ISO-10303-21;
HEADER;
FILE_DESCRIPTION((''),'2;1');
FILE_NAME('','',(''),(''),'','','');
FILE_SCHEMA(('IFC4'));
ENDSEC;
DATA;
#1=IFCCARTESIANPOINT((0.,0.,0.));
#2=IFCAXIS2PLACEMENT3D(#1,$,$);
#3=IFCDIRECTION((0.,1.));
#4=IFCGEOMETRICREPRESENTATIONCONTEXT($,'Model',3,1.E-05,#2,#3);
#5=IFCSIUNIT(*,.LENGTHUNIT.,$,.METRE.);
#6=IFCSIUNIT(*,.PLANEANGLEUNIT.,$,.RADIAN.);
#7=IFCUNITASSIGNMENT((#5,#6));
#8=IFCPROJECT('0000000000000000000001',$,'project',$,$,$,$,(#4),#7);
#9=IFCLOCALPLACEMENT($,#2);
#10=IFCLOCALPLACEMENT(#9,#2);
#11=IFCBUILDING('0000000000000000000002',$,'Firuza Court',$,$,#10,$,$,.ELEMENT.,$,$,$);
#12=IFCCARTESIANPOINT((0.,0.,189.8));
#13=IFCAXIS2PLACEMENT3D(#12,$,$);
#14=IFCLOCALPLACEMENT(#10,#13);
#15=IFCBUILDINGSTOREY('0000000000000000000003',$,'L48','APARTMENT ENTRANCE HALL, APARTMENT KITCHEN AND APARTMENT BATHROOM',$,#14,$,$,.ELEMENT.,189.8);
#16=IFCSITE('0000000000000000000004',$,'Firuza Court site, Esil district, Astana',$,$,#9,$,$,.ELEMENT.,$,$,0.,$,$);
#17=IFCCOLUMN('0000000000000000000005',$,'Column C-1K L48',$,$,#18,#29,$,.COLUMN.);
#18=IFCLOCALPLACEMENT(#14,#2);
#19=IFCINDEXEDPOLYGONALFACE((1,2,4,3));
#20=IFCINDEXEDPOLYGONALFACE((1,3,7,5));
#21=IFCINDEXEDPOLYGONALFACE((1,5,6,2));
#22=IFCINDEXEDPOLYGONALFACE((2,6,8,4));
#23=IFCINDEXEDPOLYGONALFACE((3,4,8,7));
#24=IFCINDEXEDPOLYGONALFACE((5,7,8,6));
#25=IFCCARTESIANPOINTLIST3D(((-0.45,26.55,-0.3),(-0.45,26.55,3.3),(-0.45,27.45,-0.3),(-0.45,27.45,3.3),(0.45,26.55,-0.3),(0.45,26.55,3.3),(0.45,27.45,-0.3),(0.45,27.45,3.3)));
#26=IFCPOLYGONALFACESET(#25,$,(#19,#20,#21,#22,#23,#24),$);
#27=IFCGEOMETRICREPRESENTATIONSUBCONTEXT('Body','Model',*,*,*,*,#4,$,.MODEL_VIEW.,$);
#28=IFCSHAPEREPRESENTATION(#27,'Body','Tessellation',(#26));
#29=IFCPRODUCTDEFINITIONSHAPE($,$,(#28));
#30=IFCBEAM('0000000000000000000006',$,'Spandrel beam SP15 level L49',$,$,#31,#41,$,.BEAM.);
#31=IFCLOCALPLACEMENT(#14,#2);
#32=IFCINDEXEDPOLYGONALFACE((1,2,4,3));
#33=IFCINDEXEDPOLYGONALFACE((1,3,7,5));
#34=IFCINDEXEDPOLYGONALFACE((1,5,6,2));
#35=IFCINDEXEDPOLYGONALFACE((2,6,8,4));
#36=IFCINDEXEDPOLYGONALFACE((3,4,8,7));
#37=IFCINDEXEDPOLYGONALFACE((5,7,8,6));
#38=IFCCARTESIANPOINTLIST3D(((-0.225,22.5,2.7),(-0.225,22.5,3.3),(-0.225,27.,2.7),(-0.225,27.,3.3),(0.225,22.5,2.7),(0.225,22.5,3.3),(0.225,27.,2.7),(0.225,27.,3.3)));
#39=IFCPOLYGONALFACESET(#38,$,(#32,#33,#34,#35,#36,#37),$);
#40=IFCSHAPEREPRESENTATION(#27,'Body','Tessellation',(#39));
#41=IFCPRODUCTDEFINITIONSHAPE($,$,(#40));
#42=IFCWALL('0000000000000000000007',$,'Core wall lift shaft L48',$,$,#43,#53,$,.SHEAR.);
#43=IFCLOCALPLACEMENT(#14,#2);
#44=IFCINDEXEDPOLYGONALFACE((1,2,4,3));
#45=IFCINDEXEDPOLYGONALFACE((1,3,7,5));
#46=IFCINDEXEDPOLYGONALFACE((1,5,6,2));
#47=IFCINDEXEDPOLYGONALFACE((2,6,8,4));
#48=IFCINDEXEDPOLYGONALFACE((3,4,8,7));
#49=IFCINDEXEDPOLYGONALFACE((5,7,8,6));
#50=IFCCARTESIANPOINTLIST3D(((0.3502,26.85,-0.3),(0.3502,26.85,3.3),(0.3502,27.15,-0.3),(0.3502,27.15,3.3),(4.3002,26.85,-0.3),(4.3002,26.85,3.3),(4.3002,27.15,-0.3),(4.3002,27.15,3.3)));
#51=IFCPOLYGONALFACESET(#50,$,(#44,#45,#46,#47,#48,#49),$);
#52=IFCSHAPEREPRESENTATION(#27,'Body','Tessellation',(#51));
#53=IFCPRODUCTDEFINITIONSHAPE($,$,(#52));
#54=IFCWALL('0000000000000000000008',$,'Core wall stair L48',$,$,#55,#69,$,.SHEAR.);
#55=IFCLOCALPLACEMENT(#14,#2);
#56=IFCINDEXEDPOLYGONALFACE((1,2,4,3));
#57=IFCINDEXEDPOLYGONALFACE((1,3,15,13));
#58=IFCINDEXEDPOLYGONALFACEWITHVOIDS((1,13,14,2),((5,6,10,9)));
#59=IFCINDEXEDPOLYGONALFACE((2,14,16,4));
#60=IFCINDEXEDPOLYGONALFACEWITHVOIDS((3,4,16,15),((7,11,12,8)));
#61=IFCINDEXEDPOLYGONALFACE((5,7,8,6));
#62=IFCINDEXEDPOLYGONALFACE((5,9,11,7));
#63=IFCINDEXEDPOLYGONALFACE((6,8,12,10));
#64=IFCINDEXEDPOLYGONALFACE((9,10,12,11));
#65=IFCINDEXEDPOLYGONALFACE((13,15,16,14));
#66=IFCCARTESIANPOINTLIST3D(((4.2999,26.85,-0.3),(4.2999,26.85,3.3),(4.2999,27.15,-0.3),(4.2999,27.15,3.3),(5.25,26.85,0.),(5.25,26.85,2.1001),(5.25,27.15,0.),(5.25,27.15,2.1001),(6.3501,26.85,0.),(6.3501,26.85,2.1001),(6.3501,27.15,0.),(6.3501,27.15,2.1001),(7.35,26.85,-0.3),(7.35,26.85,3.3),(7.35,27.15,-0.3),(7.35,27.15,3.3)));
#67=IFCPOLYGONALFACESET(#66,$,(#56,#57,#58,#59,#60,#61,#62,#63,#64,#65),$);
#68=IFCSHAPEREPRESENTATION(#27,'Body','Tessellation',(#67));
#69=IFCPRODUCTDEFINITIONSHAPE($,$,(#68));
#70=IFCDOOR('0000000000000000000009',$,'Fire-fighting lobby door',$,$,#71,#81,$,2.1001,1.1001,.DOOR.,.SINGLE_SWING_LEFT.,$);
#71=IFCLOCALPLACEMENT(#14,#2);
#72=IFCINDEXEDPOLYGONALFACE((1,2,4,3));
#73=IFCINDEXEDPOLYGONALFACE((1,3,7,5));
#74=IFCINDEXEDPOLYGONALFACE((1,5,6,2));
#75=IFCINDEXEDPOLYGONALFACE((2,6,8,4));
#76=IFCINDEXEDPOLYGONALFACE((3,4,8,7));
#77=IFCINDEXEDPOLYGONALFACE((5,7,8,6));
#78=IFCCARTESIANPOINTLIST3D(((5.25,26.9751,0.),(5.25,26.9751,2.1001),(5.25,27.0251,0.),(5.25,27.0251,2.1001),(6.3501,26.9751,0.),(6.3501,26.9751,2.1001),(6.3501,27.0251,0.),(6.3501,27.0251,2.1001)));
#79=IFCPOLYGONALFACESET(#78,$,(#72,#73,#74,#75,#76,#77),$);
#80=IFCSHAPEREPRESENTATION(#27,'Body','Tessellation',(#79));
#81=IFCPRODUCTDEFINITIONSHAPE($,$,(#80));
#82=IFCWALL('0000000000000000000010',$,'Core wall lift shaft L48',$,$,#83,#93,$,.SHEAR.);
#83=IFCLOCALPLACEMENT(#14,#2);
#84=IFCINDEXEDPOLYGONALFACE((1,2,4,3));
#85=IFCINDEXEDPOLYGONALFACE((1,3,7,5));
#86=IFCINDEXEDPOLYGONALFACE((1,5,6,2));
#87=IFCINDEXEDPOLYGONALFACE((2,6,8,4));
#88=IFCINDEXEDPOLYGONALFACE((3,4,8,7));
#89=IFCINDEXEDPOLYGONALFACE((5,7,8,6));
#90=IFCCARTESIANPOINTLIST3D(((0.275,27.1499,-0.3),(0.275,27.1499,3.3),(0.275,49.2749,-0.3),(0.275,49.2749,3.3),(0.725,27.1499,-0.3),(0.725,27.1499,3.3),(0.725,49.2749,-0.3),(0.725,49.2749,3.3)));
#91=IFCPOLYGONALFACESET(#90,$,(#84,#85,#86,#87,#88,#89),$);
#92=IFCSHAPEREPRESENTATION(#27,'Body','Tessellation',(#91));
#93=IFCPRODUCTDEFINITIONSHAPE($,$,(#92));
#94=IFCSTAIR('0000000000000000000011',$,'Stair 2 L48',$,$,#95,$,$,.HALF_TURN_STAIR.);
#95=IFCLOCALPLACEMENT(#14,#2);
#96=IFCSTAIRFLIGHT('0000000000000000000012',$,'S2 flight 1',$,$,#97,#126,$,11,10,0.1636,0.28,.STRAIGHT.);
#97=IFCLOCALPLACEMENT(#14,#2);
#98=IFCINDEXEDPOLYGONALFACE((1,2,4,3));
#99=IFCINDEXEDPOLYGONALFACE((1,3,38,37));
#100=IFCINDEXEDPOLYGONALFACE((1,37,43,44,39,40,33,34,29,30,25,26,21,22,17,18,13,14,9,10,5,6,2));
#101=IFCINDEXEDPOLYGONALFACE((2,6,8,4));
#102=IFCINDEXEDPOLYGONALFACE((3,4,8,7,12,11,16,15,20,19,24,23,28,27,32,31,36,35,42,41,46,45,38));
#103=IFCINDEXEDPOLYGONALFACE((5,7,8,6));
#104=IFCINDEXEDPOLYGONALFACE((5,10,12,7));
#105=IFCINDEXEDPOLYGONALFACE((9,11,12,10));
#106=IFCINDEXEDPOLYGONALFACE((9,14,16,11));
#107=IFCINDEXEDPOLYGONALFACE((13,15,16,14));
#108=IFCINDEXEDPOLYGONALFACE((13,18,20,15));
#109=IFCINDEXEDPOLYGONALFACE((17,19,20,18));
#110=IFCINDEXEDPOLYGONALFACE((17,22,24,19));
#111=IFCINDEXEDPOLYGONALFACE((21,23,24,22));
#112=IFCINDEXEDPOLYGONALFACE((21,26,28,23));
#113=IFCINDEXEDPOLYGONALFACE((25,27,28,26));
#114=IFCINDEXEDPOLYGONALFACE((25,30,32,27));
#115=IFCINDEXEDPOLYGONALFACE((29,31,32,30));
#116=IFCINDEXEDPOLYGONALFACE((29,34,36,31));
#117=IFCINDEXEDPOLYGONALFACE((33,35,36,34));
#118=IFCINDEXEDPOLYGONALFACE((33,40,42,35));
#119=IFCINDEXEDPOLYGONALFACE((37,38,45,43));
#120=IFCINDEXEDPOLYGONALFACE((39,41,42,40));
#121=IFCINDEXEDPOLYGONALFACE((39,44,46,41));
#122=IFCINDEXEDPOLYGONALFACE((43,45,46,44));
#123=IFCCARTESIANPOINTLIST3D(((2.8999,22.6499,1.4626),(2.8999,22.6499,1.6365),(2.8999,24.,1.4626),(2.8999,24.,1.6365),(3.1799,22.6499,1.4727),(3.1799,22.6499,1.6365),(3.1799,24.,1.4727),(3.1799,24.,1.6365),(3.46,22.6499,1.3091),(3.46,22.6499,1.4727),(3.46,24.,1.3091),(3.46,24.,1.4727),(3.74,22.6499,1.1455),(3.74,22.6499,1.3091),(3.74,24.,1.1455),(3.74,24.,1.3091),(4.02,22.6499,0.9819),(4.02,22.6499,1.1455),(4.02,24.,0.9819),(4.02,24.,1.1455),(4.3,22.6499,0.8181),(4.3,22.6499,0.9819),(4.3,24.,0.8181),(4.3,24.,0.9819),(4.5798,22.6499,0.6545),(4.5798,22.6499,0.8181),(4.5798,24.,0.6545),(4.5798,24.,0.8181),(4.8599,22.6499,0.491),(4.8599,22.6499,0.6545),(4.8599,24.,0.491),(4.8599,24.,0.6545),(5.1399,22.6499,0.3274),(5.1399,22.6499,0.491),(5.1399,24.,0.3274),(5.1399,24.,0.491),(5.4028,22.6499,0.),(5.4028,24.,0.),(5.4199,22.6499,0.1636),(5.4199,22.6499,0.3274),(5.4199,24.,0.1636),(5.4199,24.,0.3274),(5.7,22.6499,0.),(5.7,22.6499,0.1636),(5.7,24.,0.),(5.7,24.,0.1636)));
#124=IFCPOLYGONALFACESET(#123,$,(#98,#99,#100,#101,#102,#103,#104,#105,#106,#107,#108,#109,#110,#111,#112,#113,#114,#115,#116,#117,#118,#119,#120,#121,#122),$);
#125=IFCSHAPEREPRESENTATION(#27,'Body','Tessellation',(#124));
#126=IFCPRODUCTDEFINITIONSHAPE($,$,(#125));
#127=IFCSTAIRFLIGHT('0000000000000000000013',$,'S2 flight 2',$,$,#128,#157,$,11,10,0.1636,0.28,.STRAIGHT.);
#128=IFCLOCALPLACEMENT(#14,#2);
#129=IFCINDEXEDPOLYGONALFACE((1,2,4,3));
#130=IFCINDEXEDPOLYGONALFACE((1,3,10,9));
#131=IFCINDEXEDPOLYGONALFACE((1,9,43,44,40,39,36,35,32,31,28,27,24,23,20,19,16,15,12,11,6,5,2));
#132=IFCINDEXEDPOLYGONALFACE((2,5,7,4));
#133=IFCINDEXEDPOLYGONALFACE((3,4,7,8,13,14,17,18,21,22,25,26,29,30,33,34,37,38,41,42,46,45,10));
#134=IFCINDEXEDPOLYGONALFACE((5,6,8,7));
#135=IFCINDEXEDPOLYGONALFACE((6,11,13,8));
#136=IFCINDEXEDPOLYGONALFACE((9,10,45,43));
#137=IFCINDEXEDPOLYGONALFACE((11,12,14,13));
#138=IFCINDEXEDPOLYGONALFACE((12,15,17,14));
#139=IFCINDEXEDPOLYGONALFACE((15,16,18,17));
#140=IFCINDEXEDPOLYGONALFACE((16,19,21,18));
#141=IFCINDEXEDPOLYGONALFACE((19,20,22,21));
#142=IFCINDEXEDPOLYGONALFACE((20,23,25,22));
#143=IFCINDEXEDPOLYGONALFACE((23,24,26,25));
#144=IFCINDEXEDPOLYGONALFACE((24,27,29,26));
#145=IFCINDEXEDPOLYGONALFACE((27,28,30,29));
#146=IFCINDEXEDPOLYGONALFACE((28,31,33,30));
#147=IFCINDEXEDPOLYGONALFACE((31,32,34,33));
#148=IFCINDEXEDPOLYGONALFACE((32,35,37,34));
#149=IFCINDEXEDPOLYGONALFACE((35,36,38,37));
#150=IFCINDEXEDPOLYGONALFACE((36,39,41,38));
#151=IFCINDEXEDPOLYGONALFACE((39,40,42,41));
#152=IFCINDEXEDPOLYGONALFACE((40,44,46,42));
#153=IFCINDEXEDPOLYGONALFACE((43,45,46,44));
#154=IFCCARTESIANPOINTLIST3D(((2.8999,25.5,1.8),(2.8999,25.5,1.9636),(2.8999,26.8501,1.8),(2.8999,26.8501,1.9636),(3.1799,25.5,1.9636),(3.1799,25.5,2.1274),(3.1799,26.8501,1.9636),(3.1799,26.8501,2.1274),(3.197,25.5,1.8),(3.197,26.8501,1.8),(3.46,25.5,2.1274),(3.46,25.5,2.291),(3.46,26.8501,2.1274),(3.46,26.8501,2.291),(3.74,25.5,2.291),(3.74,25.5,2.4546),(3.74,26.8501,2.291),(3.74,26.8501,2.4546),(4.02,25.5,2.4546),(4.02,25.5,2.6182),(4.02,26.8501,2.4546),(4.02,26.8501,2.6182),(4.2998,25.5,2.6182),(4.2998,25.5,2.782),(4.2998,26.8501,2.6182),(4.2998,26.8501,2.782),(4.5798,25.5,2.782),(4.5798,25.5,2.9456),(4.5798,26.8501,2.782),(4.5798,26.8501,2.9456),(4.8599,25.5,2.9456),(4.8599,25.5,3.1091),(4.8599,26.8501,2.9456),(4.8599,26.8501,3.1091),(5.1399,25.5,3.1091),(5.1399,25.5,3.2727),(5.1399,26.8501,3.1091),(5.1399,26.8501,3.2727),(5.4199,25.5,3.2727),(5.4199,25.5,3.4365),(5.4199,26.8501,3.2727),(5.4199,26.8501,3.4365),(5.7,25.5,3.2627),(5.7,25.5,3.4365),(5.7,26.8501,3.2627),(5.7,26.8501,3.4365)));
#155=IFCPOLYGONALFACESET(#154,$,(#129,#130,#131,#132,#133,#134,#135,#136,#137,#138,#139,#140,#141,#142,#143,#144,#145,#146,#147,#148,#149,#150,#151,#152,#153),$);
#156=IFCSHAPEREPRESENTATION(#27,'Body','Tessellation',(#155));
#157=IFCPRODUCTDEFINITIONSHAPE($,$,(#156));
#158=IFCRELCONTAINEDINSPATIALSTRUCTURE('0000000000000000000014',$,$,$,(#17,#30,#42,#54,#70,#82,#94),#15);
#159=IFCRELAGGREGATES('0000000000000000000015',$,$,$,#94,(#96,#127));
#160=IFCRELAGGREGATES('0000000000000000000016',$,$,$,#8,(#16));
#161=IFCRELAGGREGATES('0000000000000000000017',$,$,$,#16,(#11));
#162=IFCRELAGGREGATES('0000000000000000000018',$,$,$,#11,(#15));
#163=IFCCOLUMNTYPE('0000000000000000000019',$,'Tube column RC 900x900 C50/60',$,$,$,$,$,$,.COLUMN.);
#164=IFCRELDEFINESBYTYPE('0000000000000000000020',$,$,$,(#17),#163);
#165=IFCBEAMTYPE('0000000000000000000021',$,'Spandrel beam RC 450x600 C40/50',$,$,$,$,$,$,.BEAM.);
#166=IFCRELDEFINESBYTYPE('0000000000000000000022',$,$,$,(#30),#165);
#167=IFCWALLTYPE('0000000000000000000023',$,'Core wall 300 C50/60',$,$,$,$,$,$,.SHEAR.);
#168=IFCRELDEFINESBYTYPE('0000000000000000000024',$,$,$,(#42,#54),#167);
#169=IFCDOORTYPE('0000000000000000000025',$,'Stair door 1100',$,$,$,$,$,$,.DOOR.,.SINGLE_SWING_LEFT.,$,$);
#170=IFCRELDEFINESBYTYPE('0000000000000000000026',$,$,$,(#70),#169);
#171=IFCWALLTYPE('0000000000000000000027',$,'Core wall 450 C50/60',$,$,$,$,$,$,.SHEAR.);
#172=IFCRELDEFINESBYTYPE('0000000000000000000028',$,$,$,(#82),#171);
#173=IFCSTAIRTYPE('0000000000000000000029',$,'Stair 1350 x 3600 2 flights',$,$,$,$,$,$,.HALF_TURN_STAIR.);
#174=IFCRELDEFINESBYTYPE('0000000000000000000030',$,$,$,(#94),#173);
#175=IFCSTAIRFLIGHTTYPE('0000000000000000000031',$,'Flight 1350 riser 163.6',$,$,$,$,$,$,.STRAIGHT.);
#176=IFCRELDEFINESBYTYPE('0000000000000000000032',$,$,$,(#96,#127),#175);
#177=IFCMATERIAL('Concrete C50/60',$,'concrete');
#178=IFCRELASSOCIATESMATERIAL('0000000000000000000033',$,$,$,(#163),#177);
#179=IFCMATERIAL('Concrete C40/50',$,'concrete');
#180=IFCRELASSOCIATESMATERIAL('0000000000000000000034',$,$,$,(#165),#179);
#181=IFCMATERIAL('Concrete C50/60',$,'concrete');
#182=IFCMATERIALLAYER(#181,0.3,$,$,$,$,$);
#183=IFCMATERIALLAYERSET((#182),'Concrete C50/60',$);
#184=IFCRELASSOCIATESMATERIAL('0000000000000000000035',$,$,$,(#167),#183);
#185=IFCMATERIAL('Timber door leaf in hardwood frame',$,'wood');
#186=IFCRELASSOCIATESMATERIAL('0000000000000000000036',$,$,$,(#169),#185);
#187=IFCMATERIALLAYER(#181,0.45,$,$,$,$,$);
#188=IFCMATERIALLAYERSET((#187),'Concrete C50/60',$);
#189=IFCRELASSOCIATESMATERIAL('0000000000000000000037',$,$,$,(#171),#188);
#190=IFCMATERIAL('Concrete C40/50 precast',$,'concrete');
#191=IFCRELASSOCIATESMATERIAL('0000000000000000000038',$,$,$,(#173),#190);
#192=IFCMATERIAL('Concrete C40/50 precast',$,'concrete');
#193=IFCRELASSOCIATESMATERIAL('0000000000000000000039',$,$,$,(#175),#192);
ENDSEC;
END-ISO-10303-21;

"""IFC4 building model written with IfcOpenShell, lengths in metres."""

from ifc_helpers import new_model, si_unit, direction, frame, frame_2d, origin, origin_2d, place, context, subcontext, project, spatial, polyline, rectangle, outline, extrude, material, layer, layer_set, material_profile, profile_set, type_object, element, fill, aggregate, save


model = new_model("IFC4")

# Units and contexts
model_context = context("Model", 3, precision=1e-05, world=origin(), true_north=direction((0.0, 1.0)))
body_context = subcontext(model_context, "Body", "Model", "MODEL_VIEW")
ifc_project = project(units=[si_unit("LENGTHUNIT", "METRE"), si_unit("PLANEANGLEUNIT", "RADIAN")], contexts=[model_context])

# Site, building, storey
site_placement = place(None, origin())
site = spatial("IfcSite", under=ifc_project, at=site_placement, Name="Firuza Court site, Esil district, Astana", CompositionType="ELEMENT", RefElevation=0.0)
building_placement = place(site_placement, origin())
building = spatial("IfcBuilding", under=site, at=building_placement, Name="Firuza Court", CompositionType="ELEMENT")
storey_placement = place(building_placement, frame((0.0, 0.0, 189.8)))
storey = spatial("IfcBuildingStorey", under=building, at=storey_placement, Name="L48", Description="APARTMENT ENTRANCE HALL, APARTMENT KITCHEN AND APARTMENT BATHROOM", CompositionType="ELEMENT", Elevation=189.8)

# Column
ifc_material_1 = material(Name="Concrete C50/60", Category="concrete")
ifc_material_profile_1 = material_profile(ifc_material_1, rectangle(XDim=0.8999, YDim=0.8999, at=origin_2d()), Name="RC 900x900")
ifc_profile_set_1 = profile_set([ifc_material_profile_1], Name="Concrete C50/60")
column_type = type_object("IfcColumnType", Name="Tube column RC 900x900 C50/60", PredefinedType="COLUMN", material=ifc_profile_set_1)
column_placement = place(storey_placement, frame((0.0, 27.0, -0.3), z_axis=(0.0, 0.0, 1.0), x_axis=(1.0, 0.0, 0.0)))
element("IfcColumn", 1, at=column_placement, inside=storey, type_object=column_type, Name="Column C-1K L48", PredefinedType="COLUMN", context=body_context, shape_type="SweptSolid", body=[
    extrude(rectangle(XDim=0.8999, YDim=0.8999, at=origin_2d()), origin(), (0.0, 0.0, 1.0), 3.6001),
])

# Beam
ifc_material_2 = material(Name="Concrete C40/50", Category="concrete")
ifc_material_profile_2 = material_profile(ifc_material_2, rectangle(XDim=0.45, YDim=0.6001, at=origin_2d()), Name="RC 450x600")
ifc_profile_set_2 = profile_set([ifc_material_profile_2], Name="Concrete C40/50")
beam_type = type_object("IfcBeamType", Name="Spandrel beam RC 450x600 C40/50", PredefinedType="BEAM", material=ifc_profile_set_2)
beam_placement = place(storey_placement, frame((0.0, 27.0, 3.0), z_axis=(0.0, -1.0, 0.0), x_axis=(1.0, 0.0, 0.0)))
element("IfcBeam", 2, at=beam_placement, inside=storey, type_object=beam_type, Name="Spandrel beam SP15 level L49", PredefinedType="BEAM", context=body_context, shape_type="SweptSolid", body=[
    extrude(rectangle(XDim=0.45, YDim=0.6001, at=origin_2d()), origin(), (0.0, 0.0, 1.0), 4.5),
])

# Wall
ifc_material_3 = material(Name="Concrete C50/60", Category="concrete")
ifc_layer_1 = layer(ifc_material_3, 0.3)
ifc_layer_set_1 = layer_set([ifc_layer_1], Name="Concrete C50/60")
wall_type_1 = type_object("IfcWallType", Name="Core wall 300 C50/60", PredefinedType="SHEAR", material=ifc_layer_set_1)
wall_1_placement = place(storey_placement, frame((0.3501, 27.0, -0.3), z_axis=(0.0, 0.0, 1.0), x_axis=(1.0, 0.0, 0.0)))
element("IfcWall", 3, at=wall_1_placement, inside=storey, type_object=wall_type_1, Name="Core wall lift shaft L48", PredefinedType="SHEAR", context=body_context, shape_type="SweptSolid", body=[
    extrude(rectangle(XDim=3.95, YDim=0.3, at=frame_2d((1.9751, 0.0))), origin(), (0.0, 0.0, 1.0), 3.6001),
])

# Wall, opening, door
wall_2_placement = place(storey_placement, frame((4.3, 27.0, -0.3), z_axis=(0.0, 0.0, 1.0), x_axis=(1.0, 0.0, 0.0)))
wall_2 = element("IfcWall", 4, at=wall_2_placement, inside=storey, type_object=wall_type_1, Name="Core wall stair L48", PredefinedType="SHEAR", context=body_context, shape_type="SweptSolid", body=[
    extrude(rectangle(XDim=3.05, YDim=0.3, at=frame_2d((1.5249, 0.0))), origin(), (0.0, 0.0, 1.0), 3.6001),
])
opening_1_placement = place(wall_2_placement, frame((0.95, 0.0, 0.3)))
opening_1 = element("IfcOpeningElement", 5, at=opening_1_placement, cuts=wall_2, PredefinedType="OPENING", context=body_context, shape_type="SweptSolid", body=[
    extrude(rectangle(XDim=1.1001, YDim=2.1001, at=frame_2d((0.55, 1.05))), frame((0.0, 0.1621, 0.0), z_axis=(0.0, -1.0, 0.0), x_axis=(1.0, 0.0, 0.0)), (0.0, 0.0, 1.0), 0.324),
])
ifc_material_4 = material(Name="Timber door leaf in hardwood frame", Category="wood")
door_type_1 = type_object("IfcDoorType", Name="Stair door 1100", OperationType="SINGLE_SWING_LEFT", PredefinedType="DOOR", material=ifc_material_4)
door_1_placement = place(opening_1_placement, frame((1.1001, 0.0, 0.0), z_axis=(0.0, 0.0, 1.0), x_axis=(-1.0, 0.0, 0.0)))
door_1 = element("IfcDoor", 6, at=door_1_placement, inside=storey, type_object=door_type_1, Name="Fire-fighting lobby door", OperationType="SINGLE_SWING_LEFT", OverallHeight=2.1001, OverallWidth=1.1001, PredefinedType="DOOR", context=body_context, shape_type="SweptSolid", body=[
    extrude(rectangle(XDim=1.1001, YDim=2.1001, at=frame_2d((0.55, 1.05))), frame((0.0, 0.0249, 0.0), z_axis=(0.0, -1.0, 0.0), x_axis=(1.0, 0.0, 0.0)), (0.0, 0.0, 1.0), 0.05),
])
fill(opening_1, door_1)

# Wall
ifc_layer_2 = layer(ifc_material_3, 0.45)
ifc_layer_set_2 = layer_set([ifc_layer_2], Name="Concrete C50/60")
wall_type_2 = type_object("IfcWallType", Name="Core wall 450 C50/60", PredefinedType="SHEAR", material=ifc_layer_set_2)
wall_3_placement = place(storey_placement, frame((0.5, 27.1499, -0.3), z_axis=(0.0, 0.0, 1.0), x_axis=(0.0, 1.0, 0.0)))
element("IfcWall", 7, at=wall_3_placement, inside=storey, type_object=wall_type_2, Name="Core wall lift shaft L48", PredefinedType="SHEAR", context=body_context, shape_type="SweptSolid", body=[
    extrude(rectangle(XDim=22.125, YDim=0.45, at=frame_2d((11.0625, 0.0))), origin(), (0.0, 0.0, 1.0), 3.6001),
])

# Stair, stair flights
ifc_material_5 = material(Name="Concrete C40/50 precast", Category="concrete")
stair_type = type_object("IfcStairType", Name="Stair 1350 x 3600 2 flights", PredefinedType="HALF_TURN_STAIR", material=ifc_material_5)
stair_placement = place(storey_placement, origin())
stair = element("IfcStair", 8, at=stair_placement, inside=storey, type_object=stair_type, Name="Stair 2 L48", PredefinedType="HALF_TURN_STAIR")
ifc_material_6 = material(Name="Concrete C40/50 precast", Category="concrete")
stair_flight_type = type_object("IfcStairFlightType", Name="Flight 1350 riser 163.6", PredefinedType="STRAIGHT", material=ifc_material_6)
stair_flight_1_placement = place(storey_placement, frame((5.7, 23.325, 0.0), z_axis=(0.0, 0.0, 1.0), x_axis=(-1.0, 0.0, 0.0)))
stair_flight_1 = element("IfcStairFlight", 9, at=stair_flight_1_placement, type_object=stair_flight_type, Name="S2 flight 1", NumberOfRisers=11, NumberOfTreads=10, PredefinedType="STRAIGHT", RiserHeight=0.1636, TreadLength=0.28, context=body_context, shape_type="SweptSolid", body=[
    extrude(outline(polyline([(0.0, 0.0), (0.0, 0.1636), (0.28, 0.1636), (0.28, 0.3274), (0.5601, 0.3274), (0.5601, 0.491), (0.8401, 0.491), (0.8401, 0.6545), (1.1201, 0.6545), (1.1201, 0.8181), (1.3999, 0.8181), (1.3999, 0.9819), (1.6799, 0.9819), (1.6799, 1.1455), (1.96, 1.1455), (1.96, 1.3091), (2.24, 1.3091), (2.24, 1.4727), (2.52, 1.4727), (2.52, 1.6365), (2.8, 1.6365), (2.8, 1.8), (2.8, 1.4626), (0.2971, 0.0), (0.0, 0.0)])), frame((0.0, 0.675, 0.0), z_axis=(0.0, -1.0, 0.0), x_axis=(1.0, 0.0, 0.0)), (0.0, 0.0, 1.0), 1.3501),
])
stair_flight_2_placement = place(storey_placement, frame((2.8999, 26.175, 1.8), z_axis=(0.0, 0.0, 1.0), x_axis=(1.0, 0.0, 0.0)))
stair_flight_2 = element("IfcStairFlight", 10, at=stair_flight_2_placement, type_object=stair_flight_type, Name="S2 flight 2", NumberOfRisers=11, NumberOfTreads=10, PredefinedType="STRAIGHT", RiserHeight=0.1636, TreadLength=0.28, context=body_context, shape_type="SweptSolid", body=[
    extrude(outline(polyline([(0.0, 0.0), (0.0, 0.1636), (0.28, 0.1636), (0.28, 0.3274), (0.5601, 0.3274), (0.5601, 0.491), (0.8401, 0.491), (0.8401, 0.6545), (1.1201, 0.6545), (1.1201, 0.8181), (1.3999, 0.8181), (1.3999, 0.9819), (1.6799, 0.9819), (1.6799, 1.1455), (1.96, 1.1455), (1.96, 1.3091), (2.24, 1.3091), (2.24, 1.4727), (2.52, 1.4727), (2.52, 1.6365), (2.8, 1.6365), (2.8, 1.8), (2.8, 1.4626), (0.2971, 0.0), (0.0, 0.0)])), frame((0.0, 0.675, 0.0), z_axis=(0.0, -1.0, 0.0), x_axis=(1.0, 0.0, 0.0)), (0.0, 0.0, 1.0), 1.3501),
])
aggregate(stair, [stair_flight_1, stair_flight_2])

save(model, "model.ifc")
